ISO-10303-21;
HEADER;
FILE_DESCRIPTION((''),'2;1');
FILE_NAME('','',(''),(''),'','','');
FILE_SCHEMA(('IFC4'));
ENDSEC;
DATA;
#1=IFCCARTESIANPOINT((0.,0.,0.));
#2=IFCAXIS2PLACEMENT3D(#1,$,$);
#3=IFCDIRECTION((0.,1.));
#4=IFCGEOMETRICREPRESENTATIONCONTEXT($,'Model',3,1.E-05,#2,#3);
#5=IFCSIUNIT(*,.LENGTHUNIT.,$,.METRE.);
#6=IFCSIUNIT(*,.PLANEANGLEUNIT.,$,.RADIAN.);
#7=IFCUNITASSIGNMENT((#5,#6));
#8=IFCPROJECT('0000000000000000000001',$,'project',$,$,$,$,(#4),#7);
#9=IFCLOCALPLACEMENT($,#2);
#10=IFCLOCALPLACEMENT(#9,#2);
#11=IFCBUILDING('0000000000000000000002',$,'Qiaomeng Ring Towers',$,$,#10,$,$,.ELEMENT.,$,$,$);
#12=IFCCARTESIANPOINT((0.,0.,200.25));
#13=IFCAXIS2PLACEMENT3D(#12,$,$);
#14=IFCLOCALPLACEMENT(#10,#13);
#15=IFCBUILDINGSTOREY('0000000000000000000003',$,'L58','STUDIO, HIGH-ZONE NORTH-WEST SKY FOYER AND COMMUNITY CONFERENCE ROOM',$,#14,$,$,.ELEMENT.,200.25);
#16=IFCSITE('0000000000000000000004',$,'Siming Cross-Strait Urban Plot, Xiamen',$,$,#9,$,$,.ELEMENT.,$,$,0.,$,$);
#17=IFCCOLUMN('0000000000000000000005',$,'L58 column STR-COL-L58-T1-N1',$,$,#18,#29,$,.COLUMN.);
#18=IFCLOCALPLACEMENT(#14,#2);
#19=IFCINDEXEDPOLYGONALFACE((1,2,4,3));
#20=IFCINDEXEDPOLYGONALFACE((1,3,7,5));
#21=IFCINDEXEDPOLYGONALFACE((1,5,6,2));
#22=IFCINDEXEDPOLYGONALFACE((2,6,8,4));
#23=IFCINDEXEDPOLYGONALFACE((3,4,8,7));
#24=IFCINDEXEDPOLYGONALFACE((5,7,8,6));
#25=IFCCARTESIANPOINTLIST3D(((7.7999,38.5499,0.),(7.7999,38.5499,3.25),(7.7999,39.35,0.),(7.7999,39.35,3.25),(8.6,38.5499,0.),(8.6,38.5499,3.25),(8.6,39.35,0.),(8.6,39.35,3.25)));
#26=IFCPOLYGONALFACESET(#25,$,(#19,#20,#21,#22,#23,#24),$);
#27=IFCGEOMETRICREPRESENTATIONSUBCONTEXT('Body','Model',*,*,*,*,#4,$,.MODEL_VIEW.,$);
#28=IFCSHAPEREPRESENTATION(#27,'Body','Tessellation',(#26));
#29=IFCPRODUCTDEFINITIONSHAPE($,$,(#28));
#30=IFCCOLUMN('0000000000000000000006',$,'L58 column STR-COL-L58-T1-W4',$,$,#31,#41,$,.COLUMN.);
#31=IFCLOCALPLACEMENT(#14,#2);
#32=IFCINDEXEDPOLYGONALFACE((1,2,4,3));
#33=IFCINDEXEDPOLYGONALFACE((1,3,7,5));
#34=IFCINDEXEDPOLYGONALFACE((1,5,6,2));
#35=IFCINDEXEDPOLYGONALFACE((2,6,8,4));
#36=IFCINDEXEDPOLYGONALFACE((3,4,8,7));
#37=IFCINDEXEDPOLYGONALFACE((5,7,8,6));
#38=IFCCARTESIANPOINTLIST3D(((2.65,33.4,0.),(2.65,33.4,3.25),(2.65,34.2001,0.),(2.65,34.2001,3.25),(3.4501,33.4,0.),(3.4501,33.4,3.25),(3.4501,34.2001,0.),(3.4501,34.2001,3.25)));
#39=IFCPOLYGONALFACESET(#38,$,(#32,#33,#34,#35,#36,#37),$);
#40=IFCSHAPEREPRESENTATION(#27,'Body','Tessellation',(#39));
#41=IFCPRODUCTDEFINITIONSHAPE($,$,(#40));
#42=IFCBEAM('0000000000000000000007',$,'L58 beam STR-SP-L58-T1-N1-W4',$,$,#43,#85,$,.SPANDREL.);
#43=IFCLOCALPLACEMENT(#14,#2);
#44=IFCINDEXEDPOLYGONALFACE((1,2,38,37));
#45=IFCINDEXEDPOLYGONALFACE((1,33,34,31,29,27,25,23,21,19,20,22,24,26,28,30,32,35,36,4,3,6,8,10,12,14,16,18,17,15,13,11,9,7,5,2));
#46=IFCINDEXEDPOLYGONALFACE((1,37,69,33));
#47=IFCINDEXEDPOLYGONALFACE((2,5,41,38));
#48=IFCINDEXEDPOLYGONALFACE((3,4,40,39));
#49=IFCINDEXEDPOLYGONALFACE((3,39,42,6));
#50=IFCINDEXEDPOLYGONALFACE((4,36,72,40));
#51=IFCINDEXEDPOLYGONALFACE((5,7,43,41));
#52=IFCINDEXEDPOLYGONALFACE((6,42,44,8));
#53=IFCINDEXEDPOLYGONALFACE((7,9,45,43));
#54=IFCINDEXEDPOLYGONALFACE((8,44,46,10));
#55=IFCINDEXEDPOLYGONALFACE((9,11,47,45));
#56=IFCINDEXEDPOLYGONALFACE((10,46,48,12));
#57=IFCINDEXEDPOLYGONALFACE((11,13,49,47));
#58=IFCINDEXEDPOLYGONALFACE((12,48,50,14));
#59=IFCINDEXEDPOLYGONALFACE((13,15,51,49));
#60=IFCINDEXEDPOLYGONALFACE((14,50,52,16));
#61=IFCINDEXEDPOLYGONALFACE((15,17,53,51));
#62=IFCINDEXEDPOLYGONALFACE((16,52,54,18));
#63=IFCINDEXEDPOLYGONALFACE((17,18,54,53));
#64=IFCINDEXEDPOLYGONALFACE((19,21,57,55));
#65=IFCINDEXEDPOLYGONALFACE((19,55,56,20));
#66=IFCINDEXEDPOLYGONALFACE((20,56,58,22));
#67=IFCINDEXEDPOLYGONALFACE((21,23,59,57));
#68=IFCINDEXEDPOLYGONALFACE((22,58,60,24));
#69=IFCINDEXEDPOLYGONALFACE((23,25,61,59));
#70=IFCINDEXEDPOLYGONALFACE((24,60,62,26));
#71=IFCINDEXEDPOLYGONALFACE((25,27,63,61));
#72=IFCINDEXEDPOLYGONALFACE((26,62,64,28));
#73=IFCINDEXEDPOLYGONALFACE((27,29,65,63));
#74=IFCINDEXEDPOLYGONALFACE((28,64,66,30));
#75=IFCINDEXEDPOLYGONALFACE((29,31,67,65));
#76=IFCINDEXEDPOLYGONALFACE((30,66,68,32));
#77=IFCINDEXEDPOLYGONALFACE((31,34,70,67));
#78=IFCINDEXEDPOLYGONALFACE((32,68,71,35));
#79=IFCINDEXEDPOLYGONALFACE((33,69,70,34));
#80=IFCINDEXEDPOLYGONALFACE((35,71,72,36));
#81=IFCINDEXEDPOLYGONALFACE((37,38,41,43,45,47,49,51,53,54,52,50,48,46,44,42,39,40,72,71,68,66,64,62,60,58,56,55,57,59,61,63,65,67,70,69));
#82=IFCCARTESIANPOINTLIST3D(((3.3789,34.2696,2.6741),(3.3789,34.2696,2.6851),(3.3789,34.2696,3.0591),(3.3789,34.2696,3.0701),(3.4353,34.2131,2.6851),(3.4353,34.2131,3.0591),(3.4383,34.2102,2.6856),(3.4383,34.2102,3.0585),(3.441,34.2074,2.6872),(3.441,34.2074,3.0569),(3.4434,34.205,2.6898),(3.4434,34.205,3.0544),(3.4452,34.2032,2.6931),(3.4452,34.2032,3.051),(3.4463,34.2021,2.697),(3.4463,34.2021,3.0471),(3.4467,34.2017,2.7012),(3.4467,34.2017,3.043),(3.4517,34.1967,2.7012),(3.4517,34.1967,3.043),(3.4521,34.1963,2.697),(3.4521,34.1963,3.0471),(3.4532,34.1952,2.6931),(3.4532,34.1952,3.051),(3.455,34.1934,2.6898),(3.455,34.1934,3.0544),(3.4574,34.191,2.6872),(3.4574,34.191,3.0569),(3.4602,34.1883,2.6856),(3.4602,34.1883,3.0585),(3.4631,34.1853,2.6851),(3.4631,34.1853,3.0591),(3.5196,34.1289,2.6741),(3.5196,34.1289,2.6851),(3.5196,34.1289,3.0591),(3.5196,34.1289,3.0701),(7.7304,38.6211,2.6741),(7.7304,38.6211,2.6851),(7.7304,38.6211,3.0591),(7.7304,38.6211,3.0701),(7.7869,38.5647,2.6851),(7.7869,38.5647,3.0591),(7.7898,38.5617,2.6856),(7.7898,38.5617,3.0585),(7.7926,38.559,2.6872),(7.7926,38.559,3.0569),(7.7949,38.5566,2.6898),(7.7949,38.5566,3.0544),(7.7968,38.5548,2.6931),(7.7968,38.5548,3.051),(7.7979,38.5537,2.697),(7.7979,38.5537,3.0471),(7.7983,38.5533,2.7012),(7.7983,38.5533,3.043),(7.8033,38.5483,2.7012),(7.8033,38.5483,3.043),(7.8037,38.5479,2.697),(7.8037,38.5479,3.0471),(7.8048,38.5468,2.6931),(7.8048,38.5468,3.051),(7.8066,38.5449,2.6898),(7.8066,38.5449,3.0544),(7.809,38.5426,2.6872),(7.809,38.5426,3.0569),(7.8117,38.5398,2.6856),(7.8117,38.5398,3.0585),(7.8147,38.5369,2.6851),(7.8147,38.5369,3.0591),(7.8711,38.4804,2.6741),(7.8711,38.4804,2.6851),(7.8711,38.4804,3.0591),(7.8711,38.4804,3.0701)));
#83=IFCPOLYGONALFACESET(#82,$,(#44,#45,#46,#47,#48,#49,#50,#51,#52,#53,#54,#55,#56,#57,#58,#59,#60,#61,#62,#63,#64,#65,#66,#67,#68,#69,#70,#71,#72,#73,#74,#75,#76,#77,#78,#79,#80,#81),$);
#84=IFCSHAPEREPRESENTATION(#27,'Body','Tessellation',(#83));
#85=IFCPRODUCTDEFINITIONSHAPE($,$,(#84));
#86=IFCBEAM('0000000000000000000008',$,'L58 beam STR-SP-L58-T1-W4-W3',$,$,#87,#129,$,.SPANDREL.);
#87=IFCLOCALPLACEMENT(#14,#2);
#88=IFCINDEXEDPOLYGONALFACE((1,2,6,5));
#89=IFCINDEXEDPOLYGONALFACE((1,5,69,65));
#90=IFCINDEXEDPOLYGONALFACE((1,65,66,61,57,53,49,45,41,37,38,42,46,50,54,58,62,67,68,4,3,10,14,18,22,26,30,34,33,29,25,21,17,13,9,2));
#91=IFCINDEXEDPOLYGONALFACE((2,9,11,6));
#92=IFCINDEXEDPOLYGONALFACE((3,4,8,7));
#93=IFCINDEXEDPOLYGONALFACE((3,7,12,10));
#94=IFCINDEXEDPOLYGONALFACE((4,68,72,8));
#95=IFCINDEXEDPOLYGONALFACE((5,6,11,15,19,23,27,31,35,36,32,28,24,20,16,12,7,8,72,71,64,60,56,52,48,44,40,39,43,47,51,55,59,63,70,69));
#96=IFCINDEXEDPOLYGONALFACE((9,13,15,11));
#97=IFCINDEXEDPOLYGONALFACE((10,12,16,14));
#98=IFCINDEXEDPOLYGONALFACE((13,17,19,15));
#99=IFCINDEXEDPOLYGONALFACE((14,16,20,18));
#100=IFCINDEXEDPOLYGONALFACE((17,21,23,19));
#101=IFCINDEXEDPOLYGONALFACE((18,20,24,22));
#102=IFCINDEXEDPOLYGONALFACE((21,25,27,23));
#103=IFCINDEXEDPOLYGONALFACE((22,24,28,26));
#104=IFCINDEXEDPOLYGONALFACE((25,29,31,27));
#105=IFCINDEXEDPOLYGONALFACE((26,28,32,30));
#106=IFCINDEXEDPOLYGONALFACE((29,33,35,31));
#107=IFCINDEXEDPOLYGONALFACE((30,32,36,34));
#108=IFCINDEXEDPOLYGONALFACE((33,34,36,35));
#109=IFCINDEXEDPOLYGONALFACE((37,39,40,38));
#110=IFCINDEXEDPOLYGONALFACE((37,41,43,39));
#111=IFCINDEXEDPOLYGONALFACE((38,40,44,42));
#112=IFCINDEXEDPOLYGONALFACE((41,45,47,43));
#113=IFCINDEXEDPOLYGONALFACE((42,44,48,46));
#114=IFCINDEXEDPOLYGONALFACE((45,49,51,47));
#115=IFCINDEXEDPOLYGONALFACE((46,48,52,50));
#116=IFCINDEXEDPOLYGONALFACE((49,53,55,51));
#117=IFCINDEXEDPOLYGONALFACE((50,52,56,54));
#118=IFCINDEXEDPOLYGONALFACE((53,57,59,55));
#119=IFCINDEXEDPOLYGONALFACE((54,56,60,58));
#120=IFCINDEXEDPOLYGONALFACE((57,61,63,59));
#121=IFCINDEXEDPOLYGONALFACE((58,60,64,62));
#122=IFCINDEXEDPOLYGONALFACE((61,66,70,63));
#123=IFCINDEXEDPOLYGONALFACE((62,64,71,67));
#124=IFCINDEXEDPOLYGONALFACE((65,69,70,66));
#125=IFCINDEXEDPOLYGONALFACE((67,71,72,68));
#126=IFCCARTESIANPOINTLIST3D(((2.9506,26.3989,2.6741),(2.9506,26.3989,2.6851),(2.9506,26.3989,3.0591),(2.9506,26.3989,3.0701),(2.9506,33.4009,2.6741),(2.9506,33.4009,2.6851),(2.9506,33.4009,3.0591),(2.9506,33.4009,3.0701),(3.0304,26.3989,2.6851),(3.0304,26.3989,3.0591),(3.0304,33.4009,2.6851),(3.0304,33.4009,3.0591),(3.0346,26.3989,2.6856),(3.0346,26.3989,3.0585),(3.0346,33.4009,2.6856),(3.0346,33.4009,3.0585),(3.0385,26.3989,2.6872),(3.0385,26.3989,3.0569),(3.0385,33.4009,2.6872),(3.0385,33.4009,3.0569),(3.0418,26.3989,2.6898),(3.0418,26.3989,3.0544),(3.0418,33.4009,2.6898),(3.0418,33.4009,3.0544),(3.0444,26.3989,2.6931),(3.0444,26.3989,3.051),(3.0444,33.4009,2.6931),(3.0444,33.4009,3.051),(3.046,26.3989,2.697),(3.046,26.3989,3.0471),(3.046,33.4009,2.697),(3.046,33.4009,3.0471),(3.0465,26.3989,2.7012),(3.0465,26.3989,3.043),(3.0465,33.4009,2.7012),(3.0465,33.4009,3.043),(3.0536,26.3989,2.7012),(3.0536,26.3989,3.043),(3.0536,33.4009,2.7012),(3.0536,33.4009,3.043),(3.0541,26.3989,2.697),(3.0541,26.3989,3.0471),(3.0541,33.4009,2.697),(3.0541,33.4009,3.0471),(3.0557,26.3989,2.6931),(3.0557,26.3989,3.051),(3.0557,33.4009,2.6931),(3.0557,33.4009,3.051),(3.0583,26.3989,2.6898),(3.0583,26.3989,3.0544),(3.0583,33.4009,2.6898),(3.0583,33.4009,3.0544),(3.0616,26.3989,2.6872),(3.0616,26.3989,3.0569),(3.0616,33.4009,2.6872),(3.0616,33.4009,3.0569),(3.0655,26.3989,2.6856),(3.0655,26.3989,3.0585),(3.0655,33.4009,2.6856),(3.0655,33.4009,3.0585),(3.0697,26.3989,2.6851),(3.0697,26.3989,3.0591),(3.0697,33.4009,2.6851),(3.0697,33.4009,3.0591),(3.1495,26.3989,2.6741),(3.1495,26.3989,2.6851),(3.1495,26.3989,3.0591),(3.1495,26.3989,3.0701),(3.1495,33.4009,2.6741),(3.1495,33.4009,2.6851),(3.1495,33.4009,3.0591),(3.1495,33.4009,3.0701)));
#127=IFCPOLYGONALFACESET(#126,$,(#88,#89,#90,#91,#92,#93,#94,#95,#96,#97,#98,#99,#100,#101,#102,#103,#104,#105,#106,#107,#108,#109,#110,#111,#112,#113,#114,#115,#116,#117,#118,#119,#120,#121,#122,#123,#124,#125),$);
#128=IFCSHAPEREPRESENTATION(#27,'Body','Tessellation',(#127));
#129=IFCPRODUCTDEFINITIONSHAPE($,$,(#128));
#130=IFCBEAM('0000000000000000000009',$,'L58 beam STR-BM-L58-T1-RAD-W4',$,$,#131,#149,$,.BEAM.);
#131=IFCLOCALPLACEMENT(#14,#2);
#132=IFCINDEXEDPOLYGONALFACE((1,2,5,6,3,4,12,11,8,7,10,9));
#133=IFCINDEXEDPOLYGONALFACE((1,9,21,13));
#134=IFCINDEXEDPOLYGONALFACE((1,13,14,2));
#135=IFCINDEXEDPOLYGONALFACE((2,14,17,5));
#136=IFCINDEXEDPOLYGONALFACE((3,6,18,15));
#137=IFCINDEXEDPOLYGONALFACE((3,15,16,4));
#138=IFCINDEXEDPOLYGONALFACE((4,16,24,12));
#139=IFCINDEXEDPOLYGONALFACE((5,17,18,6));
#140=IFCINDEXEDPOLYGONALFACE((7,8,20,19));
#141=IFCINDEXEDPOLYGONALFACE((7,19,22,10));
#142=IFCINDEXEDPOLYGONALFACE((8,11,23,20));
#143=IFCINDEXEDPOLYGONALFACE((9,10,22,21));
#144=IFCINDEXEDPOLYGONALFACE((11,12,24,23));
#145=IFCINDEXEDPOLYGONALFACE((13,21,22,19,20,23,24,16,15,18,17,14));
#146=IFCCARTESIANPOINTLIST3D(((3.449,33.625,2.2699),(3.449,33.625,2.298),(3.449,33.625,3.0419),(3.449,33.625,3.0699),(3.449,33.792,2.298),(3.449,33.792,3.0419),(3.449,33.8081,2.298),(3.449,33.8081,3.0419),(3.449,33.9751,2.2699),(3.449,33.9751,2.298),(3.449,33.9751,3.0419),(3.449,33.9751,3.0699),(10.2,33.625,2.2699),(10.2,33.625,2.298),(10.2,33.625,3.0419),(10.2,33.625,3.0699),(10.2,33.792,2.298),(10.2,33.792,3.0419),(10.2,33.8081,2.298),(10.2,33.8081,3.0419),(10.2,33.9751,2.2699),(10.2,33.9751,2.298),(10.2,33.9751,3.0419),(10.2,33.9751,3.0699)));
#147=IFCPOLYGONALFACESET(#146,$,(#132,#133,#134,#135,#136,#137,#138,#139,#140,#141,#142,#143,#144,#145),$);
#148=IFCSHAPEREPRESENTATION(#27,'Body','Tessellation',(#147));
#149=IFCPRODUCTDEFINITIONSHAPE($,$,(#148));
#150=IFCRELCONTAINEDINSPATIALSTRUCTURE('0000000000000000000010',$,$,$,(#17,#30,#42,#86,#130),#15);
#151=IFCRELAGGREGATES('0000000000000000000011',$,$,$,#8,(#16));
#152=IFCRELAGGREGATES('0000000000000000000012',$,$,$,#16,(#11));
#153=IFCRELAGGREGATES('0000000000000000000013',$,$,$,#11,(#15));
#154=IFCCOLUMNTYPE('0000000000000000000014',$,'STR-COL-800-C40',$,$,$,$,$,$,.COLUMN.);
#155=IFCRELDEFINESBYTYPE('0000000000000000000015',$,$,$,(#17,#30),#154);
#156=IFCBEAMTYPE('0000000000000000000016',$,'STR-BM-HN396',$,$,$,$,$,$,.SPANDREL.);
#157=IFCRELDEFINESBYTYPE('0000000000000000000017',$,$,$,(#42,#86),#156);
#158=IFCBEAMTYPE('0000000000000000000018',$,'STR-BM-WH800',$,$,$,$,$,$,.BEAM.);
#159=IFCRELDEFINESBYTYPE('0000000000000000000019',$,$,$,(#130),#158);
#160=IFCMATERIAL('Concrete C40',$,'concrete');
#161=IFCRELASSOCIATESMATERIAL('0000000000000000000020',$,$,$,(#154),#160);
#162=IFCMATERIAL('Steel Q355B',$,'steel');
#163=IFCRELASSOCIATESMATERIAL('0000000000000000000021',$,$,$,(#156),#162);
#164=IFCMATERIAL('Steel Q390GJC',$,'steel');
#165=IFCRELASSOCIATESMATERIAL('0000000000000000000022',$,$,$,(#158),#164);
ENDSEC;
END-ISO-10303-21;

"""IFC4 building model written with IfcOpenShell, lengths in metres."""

from ifc_helpers import new_model, si_unit, direction, frame, origin, origin_2d, place, context, subcontext, project, spatial, rectangle, i_section, extrude, source, transform, mapped, material, material_profile, profile_set, type_object, element, save


model = new_model("IFC4")

# Units and contexts
model_context = context("Model", 3, precision=1e-05, world=origin(), true_north=direction((0.0, 1.0)))
body_context = subcontext(model_context, "Body", "Model", "MODEL_VIEW")
ifc_project = project(units=[si_unit("LENGTHUNIT", "METRE"), si_unit("PLANEANGLEUNIT", "RADIAN")], contexts=[model_context])

# Site, building, storey
site_placement = place(None, origin())
site = spatial("IfcSite", under=ifc_project, at=site_placement, Name="Siming Cross-Strait Urban Plot, Xiamen", CompositionType="ELEMENT", RefElevation=0.0)
building_placement = place(site_placement, origin())
building = spatial("IfcBuilding", under=site, at=building_placement, Name="Qiaomeng Ring Towers", CompositionType="ELEMENT")
storey_placement = place(building_placement, frame((0.0, 0.0, 200.25)))
storey = spatial("IfcBuildingStorey", under=building, at=storey_placement, Name="L58", Description="STUDIO, HIGH-ZONE NORTH-WEST SKY FOYER AND COMMUNITY CONFERENCE ROOM", CompositionType="ELEMENT", Elevation=200.25)

# Columns
ifc_material_1 = material(Name="Concrete C40", Category="concrete")
ifc_material_profile_1 = material_profile(ifc_material_1, rectangle(XDim=0.8, YDim=0.8, at=origin_2d()), Name="RC COL 800x800")
ifc_profile_set_1 = profile_set([ifc_material_profile_1], Name="Concrete C40")
column_type = type_object("IfcColumnType", Name="STR-COL-800-C40", PredefinedType="COLUMN", material=ifc_profile_set_1)
shared_shape_1 = source(origin(), body_context, "Body", "SweptSolid", [
    extrude(rectangle(XDim=0.8, YDim=0.8, at=origin_2d()), origin(), (0.0, 0.0, 1.0), 3.25),
])
for number, where, z_axis, x_axis, name in (
    (1, (8.2, 38.95, 0.0), (0.0, 0.0, 1.0), (1.0, 0.0, 0.0), "L58 column STR-COL-L58-T1-N1"),
    (2, (3.05, 33.8, 0.0), (0.0, 0.0, 1.0), (1.0, 0.0, 0.0), "L58 column STR-COL-L58-T1-W4"),
):
    element("IfcColumn", number, at=place(storey_placement, frame(where, z_axis=z_axis, x_axis=x_axis)), inside=storey, type_object=column_type, Name=name, PredefinedType="COLUMN", context=body_context, shape_type="MappedRepresentation", body=[
        mapped(shared_shape_1, transform((0.0, 0.0, 0.0), x_axis=(1.0, 0.0, 0.0), y_axis=(0.0, 1.0, 0.0), z_axis=(0.0, 0.0, 1.0), scale=1.0)),
    ])

# Beams
ifc_material_2 = material(Name="Steel Q355B", Category="steel")
ifc_material_profile_2 = material_profile(ifc_material_2, i_section(OverallWidth=0.199, OverallDepth=0.396, WebThickness=0.0071, FlangeThickness=0.011, FilletRadius=0.0161, at=origin_2d()), Name="HN 396x199x7x11")
ifc_profile_set_2 = profile_set([ifc_material_profile_2], Name="Steel Q355B")
beam_type_1 = type_object("IfcBeamType", Name="STR-BM-HN396", PredefinedType="SPANDREL", material=ifc_profile_set_2)
shared_shape_2 = source(origin(), body_context, "Body", "SweptSolid", [
    extrude(i_section(OverallWidth=0.199, OverallDepth=0.396, WebThickness=0.0071, FlangeThickness=0.011, FilletRadius=0.0161, at=origin_2d()), origin(), (0.0, 0.0, 1.0), 6.1541),
])
beam_1_placement = place(storey_placement, frame((7.8008, 38.5508, 2.8721), z_axis=(-0.707107, -0.707107, 0.0), x_axis=(0.707107, -0.707107, 0.0)))
element("IfcBeam", 3, at=beam_1_placement, inside=storey, type_object=beam_type_1, Name="L58 beam STR-SP-L58-T1-N1-W4", PredefinedType="SPANDREL", context=body_context, shape_type="MappedRepresentation", body=[
    mapped(shared_shape_2, transform((0.0, 0.0, 0.0), x_axis=(1.0, 0.0, 0.0), y_axis=(0.0, 1.0, 0.0), z_axis=(0.0, 0.0, 1.0), scale=1.0)),
])
shared_shape_3 = source(origin(), body_context, "Body", "SweptSolid", [
    extrude(i_section(OverallWidth=0.199, OverallDepth=0.396, WebThickness=0.0071, FlangeThickness=0.011, FilletRadius=0.0161, at=origin_2d()), origin(), (0.0, 0.0, 1.0), 7.002),
])
beam_2_placement = place(storey_placement, frame((3.05, 33.4009, 2.8721), z_axis=(0.0, -1.0, 0.0), x_axis=(1.0, 0.0, 0.0)))
element("IfcBeam", 4, at=beam_2_placement, inside=storey, type_object=beam_type_1, Name="L58 beam STR-SP-L58-T1-W4-W3", PredefinedType="SPANDREL", context=body_context, shape_type="MappedRepresentation", body=[
    mapped(shared_shape_3, transform((0.0, 0.0, 0.0), x_axis=(1.0, 0.0, 0.0), y_axis=(0.0, 1.0, 0.0), z_axis=(0.0, 0.0, 1.0), scale=1.0)),
])
ifc_material_3 = material(Name="Steel Q390GJC", Category="steel")
ifc_material_profile_3 = material_profile(ifc_material_3, i_section(OverallWidth=0.3501, OverallDepth=0.8, WebThickness=0.0161, FlangeThickness=0.0281, at=origin_2d()), Name="WH 800x350x16x28")
ifc_profile_set_3 = profile_set([ifc_material_profile_3], Name="Steel Q390GJC")
beam_type_2 = type_object("IfcBeamType", Name="STR-BM-WH800", PredefinedType="BEAM", material=ifc_profile_set_3)
shared_shape_4 = source(origin(), body_context, "Body", "SweptSolid", [
    extrude(i_section(OverallWidth=0.3501, OverallDepth=0.8, WebThickness=0.0161, FlangeThickness=0.0281, at=origin_2d()), origin(), (0.0, 0.0, 1.0), 6.751),
])
beam_3_placement = place(storey_placement, frame((3.449, 33.8, 2.6699), z_axis=(1.0, 0.0, 0.0), x_axis=(0.0, 1.0, 0.0)))
element("IfcBeam", 5, at=beam_3_placement, inside=storey, type_object=beam_type_2, Name="L58 beam STR-BM-L58-T1-RAD-W4", PredefinedType="BEAM", context=body_context, shape_type="MappedRepresentation", body=[
    mapped(shared_shape_4, transform((0.0, 0.0, 0.0), x_axis=(1.0, 0.0, 0.0), y_axis=(0.0, 1.0, 0.0), z_axis=(0.0, 0.0, 1.0), scale=1.0)),
])

save(model, "model.ifc")
